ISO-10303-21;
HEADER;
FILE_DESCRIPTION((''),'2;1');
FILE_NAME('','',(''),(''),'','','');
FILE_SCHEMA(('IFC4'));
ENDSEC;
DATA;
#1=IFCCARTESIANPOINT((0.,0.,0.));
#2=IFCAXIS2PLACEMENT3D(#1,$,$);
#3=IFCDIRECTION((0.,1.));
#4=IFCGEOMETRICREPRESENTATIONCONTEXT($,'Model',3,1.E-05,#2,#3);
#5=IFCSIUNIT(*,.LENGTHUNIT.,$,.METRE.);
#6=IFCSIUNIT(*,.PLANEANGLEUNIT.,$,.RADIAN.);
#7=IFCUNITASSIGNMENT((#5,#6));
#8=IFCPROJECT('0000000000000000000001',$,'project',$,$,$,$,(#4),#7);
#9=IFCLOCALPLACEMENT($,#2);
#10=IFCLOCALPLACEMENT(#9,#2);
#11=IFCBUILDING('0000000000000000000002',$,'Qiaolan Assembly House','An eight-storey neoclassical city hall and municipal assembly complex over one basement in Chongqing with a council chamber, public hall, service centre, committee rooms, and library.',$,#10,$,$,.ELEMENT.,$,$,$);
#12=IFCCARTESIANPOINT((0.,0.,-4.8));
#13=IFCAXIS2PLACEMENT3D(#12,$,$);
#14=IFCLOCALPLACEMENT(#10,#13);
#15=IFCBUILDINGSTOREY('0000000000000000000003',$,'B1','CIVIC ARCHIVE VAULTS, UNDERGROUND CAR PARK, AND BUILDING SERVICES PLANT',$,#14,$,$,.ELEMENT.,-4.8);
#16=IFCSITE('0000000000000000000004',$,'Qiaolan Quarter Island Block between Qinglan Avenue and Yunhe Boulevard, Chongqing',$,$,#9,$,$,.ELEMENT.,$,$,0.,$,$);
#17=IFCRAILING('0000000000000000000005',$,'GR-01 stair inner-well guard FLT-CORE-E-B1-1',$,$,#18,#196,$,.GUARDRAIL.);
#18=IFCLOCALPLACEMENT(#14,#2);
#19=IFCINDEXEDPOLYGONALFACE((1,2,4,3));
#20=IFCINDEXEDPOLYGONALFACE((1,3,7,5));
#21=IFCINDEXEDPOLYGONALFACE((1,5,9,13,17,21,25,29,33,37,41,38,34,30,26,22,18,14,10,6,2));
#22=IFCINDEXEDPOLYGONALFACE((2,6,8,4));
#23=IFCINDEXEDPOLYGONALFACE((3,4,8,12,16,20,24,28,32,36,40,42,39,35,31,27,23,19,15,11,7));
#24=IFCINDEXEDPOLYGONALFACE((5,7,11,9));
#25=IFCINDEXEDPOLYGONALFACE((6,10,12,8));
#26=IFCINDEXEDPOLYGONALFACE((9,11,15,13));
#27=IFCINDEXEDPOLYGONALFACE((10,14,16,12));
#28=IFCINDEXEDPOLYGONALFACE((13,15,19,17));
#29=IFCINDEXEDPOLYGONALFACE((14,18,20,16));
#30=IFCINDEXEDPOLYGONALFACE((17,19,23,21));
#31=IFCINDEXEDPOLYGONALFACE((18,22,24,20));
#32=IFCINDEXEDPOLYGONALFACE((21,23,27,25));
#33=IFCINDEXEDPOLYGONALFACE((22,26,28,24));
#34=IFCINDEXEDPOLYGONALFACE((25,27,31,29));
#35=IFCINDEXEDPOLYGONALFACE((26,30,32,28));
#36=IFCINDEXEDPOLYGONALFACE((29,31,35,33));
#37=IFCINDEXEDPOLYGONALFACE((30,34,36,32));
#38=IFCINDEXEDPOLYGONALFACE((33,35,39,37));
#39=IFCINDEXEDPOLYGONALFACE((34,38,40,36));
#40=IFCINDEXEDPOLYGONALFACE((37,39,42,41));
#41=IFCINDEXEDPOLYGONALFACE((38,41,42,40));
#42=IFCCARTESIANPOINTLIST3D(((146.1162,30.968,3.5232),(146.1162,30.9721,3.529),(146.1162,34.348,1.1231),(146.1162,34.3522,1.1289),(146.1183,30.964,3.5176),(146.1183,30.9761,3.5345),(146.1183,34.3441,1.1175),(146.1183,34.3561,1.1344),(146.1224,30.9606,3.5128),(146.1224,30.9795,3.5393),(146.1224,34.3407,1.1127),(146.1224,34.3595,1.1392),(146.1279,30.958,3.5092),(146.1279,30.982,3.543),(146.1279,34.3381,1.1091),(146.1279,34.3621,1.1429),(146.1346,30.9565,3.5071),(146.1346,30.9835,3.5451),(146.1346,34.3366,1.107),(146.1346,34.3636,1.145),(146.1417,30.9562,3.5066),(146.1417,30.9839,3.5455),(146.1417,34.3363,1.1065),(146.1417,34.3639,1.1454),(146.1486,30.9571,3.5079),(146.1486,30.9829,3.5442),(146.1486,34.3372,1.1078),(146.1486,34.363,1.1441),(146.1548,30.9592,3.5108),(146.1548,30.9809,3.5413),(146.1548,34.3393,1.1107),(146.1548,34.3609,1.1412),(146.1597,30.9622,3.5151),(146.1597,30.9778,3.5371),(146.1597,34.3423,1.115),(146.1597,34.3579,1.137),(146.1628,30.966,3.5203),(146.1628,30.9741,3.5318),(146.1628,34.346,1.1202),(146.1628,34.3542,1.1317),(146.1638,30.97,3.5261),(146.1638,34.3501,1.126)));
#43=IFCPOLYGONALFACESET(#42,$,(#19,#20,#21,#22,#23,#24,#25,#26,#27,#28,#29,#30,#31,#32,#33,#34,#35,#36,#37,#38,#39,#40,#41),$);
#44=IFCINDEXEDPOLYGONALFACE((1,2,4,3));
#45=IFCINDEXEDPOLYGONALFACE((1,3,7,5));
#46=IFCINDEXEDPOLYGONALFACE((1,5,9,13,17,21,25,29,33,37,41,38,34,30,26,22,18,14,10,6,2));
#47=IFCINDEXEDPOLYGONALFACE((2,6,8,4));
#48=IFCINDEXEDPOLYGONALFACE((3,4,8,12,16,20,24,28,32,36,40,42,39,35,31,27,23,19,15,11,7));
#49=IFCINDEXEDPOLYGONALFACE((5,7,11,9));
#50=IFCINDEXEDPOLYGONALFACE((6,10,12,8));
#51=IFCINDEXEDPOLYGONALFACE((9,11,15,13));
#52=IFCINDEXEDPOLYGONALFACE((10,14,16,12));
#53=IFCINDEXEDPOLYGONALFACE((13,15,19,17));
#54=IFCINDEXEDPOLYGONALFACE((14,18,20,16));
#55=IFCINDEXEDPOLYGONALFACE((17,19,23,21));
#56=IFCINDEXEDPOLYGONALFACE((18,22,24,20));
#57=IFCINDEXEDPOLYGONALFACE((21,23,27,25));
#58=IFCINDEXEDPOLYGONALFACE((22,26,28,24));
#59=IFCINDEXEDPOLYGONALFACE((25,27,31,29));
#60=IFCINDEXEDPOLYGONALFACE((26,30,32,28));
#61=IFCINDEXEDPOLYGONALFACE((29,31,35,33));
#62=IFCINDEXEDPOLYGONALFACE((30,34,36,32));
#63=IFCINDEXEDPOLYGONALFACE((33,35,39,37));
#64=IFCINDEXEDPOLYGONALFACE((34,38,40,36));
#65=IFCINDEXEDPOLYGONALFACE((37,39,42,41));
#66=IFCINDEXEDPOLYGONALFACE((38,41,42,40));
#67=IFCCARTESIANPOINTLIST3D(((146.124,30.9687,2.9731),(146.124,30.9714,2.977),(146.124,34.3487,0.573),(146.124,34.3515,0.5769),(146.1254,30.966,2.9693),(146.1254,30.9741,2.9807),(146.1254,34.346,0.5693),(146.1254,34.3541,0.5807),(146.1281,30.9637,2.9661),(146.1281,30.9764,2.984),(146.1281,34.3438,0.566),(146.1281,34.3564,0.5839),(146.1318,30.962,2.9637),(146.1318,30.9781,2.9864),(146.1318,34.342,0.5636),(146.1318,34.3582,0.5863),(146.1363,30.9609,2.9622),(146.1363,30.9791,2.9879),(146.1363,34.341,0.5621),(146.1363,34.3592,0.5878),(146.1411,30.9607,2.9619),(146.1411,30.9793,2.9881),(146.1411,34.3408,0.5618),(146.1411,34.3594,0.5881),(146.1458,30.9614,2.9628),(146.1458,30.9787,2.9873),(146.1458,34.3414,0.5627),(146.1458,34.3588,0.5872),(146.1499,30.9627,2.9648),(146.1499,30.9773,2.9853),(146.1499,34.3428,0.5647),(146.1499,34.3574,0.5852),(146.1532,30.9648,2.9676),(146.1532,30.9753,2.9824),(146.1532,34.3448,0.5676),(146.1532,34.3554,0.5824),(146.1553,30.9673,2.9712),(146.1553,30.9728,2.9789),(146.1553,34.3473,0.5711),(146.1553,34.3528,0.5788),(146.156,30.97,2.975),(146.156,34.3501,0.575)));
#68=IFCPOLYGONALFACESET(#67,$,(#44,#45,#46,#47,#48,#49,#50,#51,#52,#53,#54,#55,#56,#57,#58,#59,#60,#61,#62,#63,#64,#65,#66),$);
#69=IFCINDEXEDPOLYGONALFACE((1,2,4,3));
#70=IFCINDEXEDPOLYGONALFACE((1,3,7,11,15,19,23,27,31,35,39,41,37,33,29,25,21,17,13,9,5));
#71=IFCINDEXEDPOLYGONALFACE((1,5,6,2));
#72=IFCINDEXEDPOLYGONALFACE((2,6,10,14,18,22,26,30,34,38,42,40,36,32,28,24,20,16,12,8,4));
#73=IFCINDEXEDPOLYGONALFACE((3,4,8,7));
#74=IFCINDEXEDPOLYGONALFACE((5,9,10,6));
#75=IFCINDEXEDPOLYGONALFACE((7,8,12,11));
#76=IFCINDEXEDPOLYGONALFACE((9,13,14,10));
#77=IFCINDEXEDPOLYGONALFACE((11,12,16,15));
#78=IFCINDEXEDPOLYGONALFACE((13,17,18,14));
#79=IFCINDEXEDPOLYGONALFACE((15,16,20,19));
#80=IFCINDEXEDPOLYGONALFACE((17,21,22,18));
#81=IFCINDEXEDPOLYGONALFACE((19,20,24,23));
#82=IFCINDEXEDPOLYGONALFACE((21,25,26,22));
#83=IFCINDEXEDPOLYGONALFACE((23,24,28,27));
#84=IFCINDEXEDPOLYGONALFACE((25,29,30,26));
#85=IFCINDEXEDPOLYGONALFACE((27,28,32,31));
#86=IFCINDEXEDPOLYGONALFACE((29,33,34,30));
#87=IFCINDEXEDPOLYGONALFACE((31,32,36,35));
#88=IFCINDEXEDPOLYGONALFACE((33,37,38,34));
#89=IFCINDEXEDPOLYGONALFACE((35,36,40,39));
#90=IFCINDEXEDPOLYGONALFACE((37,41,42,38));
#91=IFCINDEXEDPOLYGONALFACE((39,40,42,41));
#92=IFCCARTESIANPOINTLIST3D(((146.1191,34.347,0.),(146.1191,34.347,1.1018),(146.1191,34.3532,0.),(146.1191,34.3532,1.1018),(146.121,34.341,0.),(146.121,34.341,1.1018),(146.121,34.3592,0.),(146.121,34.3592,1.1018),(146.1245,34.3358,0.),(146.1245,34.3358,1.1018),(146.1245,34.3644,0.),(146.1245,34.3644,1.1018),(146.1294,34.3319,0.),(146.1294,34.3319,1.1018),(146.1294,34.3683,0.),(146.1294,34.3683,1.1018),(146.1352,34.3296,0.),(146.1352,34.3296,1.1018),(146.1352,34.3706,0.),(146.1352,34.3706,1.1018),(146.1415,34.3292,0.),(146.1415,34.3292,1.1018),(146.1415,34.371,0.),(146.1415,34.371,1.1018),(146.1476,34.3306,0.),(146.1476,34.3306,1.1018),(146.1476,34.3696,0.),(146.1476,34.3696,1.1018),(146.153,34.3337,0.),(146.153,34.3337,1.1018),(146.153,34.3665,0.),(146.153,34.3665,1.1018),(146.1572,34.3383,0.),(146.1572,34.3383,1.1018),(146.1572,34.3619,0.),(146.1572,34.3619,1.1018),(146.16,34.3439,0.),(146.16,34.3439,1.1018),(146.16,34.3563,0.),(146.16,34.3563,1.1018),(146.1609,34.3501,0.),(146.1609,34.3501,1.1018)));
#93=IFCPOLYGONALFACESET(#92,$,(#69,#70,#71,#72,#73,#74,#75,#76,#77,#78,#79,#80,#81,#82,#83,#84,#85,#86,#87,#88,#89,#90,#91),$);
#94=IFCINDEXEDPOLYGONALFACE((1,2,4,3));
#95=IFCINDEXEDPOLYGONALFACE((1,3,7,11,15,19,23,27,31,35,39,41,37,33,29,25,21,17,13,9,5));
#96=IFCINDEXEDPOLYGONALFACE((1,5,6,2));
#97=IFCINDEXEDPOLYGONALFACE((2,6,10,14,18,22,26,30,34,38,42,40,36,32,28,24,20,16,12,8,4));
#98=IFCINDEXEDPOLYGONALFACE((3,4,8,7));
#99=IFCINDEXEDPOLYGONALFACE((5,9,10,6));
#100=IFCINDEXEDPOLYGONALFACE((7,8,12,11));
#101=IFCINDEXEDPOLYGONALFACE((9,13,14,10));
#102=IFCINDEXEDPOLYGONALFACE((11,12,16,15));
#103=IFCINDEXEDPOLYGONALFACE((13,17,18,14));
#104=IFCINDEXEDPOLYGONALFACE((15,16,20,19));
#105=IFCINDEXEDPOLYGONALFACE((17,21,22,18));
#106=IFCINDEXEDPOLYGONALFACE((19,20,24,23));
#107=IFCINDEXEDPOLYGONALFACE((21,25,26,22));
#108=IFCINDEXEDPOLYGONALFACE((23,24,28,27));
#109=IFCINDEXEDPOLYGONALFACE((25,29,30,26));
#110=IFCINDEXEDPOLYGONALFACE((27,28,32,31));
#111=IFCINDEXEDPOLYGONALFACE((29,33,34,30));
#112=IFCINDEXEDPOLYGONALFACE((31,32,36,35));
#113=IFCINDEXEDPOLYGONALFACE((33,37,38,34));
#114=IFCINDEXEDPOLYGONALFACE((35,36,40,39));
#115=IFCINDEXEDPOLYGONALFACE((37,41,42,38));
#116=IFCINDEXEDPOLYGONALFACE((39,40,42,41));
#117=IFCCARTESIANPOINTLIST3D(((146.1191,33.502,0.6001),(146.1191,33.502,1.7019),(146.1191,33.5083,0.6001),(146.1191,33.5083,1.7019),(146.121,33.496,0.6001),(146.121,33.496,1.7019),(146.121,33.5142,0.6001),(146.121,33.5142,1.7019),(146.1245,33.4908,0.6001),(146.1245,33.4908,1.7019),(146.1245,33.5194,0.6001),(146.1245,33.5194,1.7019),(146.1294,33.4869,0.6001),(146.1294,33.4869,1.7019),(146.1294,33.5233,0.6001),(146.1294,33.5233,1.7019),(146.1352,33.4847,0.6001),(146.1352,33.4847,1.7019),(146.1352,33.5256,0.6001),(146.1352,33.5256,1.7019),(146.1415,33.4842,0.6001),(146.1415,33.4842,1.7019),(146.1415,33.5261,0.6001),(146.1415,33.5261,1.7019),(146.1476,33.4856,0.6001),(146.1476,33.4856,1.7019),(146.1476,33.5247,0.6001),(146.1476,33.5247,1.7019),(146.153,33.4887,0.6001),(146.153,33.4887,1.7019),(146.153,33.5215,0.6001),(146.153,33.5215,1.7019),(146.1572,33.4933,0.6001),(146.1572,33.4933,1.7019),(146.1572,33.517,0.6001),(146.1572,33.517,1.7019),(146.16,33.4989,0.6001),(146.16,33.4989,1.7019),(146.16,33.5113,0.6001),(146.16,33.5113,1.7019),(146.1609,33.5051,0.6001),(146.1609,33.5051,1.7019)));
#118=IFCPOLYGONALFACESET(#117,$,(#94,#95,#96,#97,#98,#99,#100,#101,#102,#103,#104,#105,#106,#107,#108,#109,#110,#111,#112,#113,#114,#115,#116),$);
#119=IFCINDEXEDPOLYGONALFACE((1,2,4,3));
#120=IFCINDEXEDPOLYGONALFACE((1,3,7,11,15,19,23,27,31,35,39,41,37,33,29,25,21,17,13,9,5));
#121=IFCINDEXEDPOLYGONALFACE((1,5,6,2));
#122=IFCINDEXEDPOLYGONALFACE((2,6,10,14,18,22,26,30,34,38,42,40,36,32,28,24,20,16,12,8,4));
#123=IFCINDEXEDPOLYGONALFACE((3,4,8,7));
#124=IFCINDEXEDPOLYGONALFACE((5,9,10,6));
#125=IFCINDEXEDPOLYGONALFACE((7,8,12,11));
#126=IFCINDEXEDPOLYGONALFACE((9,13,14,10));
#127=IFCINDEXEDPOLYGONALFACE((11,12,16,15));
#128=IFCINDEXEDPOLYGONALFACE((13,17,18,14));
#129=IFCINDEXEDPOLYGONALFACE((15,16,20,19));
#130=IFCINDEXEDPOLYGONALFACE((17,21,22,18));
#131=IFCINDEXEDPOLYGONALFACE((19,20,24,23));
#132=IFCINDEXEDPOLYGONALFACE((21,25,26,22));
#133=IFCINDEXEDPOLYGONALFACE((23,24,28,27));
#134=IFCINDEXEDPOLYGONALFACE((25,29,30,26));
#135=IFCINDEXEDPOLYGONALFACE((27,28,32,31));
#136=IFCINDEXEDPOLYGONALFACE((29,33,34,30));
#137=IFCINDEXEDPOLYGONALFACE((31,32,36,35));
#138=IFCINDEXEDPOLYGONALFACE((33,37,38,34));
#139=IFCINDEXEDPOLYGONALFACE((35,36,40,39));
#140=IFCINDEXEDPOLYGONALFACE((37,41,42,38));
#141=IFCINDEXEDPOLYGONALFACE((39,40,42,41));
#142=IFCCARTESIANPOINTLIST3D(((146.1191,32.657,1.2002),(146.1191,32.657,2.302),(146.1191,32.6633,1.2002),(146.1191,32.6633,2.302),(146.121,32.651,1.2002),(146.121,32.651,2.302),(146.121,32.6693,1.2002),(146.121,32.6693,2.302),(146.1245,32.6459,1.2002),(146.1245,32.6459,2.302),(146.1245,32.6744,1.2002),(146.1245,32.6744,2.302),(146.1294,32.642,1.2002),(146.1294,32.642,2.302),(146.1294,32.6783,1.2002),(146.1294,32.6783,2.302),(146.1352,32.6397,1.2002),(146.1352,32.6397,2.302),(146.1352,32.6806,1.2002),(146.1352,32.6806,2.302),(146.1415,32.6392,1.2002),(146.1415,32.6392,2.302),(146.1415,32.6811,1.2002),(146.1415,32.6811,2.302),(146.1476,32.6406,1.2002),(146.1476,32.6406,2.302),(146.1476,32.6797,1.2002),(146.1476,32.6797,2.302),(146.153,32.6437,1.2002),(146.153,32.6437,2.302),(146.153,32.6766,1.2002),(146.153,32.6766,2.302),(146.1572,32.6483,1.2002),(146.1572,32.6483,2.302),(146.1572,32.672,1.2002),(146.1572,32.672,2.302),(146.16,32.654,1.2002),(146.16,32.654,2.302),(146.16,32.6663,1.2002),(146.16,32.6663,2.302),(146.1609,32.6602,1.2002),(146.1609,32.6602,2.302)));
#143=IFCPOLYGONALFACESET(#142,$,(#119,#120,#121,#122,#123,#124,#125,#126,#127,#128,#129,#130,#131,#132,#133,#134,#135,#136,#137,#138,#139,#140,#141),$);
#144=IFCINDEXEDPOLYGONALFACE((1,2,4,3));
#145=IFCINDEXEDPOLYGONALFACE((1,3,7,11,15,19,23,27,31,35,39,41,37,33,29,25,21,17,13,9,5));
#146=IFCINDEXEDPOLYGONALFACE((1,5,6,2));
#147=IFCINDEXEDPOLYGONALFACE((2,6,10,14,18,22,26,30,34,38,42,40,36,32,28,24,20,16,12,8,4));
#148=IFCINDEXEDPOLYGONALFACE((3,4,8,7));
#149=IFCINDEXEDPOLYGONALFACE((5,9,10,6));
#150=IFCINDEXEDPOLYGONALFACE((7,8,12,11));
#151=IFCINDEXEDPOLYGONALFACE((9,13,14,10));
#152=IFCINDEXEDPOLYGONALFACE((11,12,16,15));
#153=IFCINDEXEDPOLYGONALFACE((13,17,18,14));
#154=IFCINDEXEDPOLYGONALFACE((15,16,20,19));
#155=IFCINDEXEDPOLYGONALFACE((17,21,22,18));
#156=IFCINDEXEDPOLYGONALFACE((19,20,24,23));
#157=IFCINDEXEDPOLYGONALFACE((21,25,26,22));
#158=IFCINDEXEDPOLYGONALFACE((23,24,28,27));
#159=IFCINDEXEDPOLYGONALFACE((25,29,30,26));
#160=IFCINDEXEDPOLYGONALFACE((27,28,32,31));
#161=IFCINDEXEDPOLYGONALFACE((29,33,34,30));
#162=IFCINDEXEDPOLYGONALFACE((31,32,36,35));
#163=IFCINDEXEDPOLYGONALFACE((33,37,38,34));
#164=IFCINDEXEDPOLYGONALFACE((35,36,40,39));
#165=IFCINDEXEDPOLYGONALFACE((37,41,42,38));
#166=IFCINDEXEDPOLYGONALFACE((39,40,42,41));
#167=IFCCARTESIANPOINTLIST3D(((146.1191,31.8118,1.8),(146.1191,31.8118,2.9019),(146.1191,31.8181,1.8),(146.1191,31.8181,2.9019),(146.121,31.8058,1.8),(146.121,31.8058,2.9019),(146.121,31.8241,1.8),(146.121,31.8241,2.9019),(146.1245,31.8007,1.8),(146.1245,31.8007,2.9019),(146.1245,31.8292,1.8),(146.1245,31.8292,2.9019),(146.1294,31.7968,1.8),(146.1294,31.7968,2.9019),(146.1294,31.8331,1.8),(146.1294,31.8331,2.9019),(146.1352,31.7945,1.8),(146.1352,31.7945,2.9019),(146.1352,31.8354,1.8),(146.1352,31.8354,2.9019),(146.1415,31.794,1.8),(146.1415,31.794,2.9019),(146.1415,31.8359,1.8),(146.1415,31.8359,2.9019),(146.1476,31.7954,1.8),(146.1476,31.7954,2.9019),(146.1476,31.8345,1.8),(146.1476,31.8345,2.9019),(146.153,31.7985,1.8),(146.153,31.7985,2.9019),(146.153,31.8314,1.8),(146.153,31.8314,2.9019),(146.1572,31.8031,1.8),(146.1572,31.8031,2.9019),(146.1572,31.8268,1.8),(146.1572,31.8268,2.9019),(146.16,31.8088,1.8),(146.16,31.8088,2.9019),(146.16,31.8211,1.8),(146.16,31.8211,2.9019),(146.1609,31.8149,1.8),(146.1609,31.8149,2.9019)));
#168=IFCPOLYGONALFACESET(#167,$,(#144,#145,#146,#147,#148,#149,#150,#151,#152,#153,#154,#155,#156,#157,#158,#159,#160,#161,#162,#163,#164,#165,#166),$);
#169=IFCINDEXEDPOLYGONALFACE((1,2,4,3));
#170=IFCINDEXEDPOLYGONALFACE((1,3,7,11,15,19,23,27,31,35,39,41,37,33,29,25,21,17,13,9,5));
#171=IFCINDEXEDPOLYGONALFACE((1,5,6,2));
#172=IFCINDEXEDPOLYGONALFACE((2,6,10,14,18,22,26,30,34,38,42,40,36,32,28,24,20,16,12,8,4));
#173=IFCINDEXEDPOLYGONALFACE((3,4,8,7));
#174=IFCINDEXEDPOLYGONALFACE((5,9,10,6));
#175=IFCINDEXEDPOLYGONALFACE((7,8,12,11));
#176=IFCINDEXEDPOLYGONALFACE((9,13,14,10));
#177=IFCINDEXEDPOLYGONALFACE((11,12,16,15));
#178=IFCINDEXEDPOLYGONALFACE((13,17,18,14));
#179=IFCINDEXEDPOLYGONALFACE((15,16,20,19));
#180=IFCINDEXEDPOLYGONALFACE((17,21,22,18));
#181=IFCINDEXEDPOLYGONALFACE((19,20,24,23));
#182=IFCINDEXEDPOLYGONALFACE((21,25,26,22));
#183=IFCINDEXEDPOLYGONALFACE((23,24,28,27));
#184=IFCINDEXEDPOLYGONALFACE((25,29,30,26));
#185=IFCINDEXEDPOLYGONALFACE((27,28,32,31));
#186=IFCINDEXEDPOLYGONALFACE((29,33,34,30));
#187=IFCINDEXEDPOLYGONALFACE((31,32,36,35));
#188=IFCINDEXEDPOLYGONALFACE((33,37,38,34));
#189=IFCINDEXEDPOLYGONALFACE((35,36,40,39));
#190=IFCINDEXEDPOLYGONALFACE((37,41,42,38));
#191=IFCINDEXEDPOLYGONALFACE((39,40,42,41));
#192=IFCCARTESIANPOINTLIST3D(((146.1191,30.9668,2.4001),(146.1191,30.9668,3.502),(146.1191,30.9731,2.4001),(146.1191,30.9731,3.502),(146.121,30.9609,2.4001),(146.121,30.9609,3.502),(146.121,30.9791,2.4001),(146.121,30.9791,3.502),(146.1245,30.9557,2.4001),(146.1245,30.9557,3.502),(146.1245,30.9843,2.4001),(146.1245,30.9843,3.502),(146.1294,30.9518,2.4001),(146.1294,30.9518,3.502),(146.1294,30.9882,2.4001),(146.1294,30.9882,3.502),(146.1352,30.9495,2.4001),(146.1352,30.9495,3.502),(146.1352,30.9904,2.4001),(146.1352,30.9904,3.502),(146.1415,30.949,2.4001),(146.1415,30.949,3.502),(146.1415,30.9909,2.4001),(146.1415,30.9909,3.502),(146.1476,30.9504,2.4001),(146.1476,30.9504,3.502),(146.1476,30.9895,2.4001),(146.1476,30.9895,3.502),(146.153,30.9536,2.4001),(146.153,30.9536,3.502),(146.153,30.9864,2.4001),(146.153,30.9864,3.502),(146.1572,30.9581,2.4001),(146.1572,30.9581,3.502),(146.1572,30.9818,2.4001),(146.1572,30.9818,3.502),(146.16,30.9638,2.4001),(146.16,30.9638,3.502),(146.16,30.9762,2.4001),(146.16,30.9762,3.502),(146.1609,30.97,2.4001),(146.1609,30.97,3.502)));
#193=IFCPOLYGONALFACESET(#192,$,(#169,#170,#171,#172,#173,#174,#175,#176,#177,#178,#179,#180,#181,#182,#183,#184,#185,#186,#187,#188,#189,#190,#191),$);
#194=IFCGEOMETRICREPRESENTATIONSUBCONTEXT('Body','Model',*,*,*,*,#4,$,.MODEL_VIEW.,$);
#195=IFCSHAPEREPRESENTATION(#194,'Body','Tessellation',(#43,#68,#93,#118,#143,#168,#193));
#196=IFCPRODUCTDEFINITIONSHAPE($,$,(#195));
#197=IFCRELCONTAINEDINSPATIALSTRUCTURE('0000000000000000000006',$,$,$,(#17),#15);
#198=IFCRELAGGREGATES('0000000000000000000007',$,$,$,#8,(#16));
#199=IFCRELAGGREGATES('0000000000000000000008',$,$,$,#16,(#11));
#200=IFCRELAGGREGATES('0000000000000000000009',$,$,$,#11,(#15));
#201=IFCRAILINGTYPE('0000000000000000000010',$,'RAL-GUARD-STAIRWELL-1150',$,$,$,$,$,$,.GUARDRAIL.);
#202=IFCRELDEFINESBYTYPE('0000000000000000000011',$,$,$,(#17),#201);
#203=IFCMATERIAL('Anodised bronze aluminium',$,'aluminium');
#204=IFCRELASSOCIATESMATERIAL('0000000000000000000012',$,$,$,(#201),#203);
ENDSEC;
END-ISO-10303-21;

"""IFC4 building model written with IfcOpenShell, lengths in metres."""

from ifc_helpers import new_model, si_unit, direction, frame, origin, origin_2d, place, context, subcontext, project, spatial, circle, extrude, material, type_object, element, save


model = new_model("IFC4")

# Units and contexts
model_context = context("Model", 3, precision=1e-05, world=origin(), true_north=direction((0.0, 1.0)))
body_context = subcontext(model_context, "Body", "Model", "MODEL_VIEW")
ifc_project = project(units=[si_unit("LENGTHUNIT", "METRE"), si_unit("PLANEANGLEUNIT", "RADIAN")], contexts=[model_context])

# Site, building, storey
site_placement = place(None, origin())
site = spatial("IfcSite", under=ifc_project, at=site_placement, Name="Qiaolan Quarter Island Block between Qinglan Avenue and Yunhe Boulevard, Chongqing", CompositionType="ELEMENT", RefElevation=0.0)
building_placement = place(site_placement, origin())
building = spatial("IfcBuilding", under=site, at=building_placement, Name="Qiaolan Assembly House", Description="An eight-storey neoclassical city hall and municipal assembly complex over one basement in Chongqing with a council chamber, public hall, service centre, committee rooms, and library.", CompositionType="ELEMENT")
storey_placement = place(building_placement, frame((0.0, 0.0, -4.8)))
storey = spatial("IfcBuildingStorey", under=building, at=storey_placement, Name="B1", Description="CIVIC ARCHIVE VAULTS, UNDERGROUND CAR PARK, AND BUILDING SERVICES PLANT", CompositionType="ELEMENT", Elevation=-4.8)

# Railing
ifc_material_1 = material(Name="Anodised bronze aluminium", Category="aluminium")
railing_type_1 = type_object("IfcRailingType", Name="RAL-GUARD-STAIRWELL-1150", PredefinedType="GUARDRAIL", material=ifc_material_1)
railing_1_placement = place(storey_placement, frame((146.1399, 34.3501, 0.0)))
element("IfcRailing", 1, at=railing_1_placement, inside=storey, type_object=railing_type_1, Name="GR-01 stair inner-well guard FLT-CORE-E-B1-1", PredefinedType="GUARDRAIL", context=body_context, shape_type="SweptSolid", body=[
    extrude(circle(Radius=0.0239, at=origin_2d()), frame((0.0, 0.0, 1.126), z_axis=(0.0, -0.815354, 0.578963), x_axis=(1.0, 0.0, 0.0)), (0.0, 0.0, 1.0), 4.1455),
    extrude(circle(Radius=0.0161, at=origin_2d()), frame((0.0, 0.0, 0.575), z_axis=(0.0, -0.815354, 0.578963), x_axis=(1.0, 0.0, 0.0)), (0.0, 0.0, 1.0), 4.1455),
    extrude(circle(Radius=0.021, at=origin_2d()), origin(), (0.0, 0.0, 1.0), 1.1018),
    extrude(circle(Radius=0.021, at=origin_2d()), frame((0.0, -0.845, 0.6001)), (0.0, 0.0, 1.0), 1.1018),
    extrude(circle(Radius=0.021, at=origin_2d()), frame((0.0, -1.6899, 1.2002)), (0.0, 0.0, 1.0), 1.1018),
    extrude(circle(Radius=0.021, at=origin_2d()), frame((0.0, -2.5352, 1.8)), (0.0, 0.0, 1.0), 1.1018),
    extrude(circle(Radius=0.021, at=origin_2d()), frame((0.0, -3.3801, 2.4001)), (0.0, 0.0, 1.0), 1.1018),
])

save(model, "model.ifc")
